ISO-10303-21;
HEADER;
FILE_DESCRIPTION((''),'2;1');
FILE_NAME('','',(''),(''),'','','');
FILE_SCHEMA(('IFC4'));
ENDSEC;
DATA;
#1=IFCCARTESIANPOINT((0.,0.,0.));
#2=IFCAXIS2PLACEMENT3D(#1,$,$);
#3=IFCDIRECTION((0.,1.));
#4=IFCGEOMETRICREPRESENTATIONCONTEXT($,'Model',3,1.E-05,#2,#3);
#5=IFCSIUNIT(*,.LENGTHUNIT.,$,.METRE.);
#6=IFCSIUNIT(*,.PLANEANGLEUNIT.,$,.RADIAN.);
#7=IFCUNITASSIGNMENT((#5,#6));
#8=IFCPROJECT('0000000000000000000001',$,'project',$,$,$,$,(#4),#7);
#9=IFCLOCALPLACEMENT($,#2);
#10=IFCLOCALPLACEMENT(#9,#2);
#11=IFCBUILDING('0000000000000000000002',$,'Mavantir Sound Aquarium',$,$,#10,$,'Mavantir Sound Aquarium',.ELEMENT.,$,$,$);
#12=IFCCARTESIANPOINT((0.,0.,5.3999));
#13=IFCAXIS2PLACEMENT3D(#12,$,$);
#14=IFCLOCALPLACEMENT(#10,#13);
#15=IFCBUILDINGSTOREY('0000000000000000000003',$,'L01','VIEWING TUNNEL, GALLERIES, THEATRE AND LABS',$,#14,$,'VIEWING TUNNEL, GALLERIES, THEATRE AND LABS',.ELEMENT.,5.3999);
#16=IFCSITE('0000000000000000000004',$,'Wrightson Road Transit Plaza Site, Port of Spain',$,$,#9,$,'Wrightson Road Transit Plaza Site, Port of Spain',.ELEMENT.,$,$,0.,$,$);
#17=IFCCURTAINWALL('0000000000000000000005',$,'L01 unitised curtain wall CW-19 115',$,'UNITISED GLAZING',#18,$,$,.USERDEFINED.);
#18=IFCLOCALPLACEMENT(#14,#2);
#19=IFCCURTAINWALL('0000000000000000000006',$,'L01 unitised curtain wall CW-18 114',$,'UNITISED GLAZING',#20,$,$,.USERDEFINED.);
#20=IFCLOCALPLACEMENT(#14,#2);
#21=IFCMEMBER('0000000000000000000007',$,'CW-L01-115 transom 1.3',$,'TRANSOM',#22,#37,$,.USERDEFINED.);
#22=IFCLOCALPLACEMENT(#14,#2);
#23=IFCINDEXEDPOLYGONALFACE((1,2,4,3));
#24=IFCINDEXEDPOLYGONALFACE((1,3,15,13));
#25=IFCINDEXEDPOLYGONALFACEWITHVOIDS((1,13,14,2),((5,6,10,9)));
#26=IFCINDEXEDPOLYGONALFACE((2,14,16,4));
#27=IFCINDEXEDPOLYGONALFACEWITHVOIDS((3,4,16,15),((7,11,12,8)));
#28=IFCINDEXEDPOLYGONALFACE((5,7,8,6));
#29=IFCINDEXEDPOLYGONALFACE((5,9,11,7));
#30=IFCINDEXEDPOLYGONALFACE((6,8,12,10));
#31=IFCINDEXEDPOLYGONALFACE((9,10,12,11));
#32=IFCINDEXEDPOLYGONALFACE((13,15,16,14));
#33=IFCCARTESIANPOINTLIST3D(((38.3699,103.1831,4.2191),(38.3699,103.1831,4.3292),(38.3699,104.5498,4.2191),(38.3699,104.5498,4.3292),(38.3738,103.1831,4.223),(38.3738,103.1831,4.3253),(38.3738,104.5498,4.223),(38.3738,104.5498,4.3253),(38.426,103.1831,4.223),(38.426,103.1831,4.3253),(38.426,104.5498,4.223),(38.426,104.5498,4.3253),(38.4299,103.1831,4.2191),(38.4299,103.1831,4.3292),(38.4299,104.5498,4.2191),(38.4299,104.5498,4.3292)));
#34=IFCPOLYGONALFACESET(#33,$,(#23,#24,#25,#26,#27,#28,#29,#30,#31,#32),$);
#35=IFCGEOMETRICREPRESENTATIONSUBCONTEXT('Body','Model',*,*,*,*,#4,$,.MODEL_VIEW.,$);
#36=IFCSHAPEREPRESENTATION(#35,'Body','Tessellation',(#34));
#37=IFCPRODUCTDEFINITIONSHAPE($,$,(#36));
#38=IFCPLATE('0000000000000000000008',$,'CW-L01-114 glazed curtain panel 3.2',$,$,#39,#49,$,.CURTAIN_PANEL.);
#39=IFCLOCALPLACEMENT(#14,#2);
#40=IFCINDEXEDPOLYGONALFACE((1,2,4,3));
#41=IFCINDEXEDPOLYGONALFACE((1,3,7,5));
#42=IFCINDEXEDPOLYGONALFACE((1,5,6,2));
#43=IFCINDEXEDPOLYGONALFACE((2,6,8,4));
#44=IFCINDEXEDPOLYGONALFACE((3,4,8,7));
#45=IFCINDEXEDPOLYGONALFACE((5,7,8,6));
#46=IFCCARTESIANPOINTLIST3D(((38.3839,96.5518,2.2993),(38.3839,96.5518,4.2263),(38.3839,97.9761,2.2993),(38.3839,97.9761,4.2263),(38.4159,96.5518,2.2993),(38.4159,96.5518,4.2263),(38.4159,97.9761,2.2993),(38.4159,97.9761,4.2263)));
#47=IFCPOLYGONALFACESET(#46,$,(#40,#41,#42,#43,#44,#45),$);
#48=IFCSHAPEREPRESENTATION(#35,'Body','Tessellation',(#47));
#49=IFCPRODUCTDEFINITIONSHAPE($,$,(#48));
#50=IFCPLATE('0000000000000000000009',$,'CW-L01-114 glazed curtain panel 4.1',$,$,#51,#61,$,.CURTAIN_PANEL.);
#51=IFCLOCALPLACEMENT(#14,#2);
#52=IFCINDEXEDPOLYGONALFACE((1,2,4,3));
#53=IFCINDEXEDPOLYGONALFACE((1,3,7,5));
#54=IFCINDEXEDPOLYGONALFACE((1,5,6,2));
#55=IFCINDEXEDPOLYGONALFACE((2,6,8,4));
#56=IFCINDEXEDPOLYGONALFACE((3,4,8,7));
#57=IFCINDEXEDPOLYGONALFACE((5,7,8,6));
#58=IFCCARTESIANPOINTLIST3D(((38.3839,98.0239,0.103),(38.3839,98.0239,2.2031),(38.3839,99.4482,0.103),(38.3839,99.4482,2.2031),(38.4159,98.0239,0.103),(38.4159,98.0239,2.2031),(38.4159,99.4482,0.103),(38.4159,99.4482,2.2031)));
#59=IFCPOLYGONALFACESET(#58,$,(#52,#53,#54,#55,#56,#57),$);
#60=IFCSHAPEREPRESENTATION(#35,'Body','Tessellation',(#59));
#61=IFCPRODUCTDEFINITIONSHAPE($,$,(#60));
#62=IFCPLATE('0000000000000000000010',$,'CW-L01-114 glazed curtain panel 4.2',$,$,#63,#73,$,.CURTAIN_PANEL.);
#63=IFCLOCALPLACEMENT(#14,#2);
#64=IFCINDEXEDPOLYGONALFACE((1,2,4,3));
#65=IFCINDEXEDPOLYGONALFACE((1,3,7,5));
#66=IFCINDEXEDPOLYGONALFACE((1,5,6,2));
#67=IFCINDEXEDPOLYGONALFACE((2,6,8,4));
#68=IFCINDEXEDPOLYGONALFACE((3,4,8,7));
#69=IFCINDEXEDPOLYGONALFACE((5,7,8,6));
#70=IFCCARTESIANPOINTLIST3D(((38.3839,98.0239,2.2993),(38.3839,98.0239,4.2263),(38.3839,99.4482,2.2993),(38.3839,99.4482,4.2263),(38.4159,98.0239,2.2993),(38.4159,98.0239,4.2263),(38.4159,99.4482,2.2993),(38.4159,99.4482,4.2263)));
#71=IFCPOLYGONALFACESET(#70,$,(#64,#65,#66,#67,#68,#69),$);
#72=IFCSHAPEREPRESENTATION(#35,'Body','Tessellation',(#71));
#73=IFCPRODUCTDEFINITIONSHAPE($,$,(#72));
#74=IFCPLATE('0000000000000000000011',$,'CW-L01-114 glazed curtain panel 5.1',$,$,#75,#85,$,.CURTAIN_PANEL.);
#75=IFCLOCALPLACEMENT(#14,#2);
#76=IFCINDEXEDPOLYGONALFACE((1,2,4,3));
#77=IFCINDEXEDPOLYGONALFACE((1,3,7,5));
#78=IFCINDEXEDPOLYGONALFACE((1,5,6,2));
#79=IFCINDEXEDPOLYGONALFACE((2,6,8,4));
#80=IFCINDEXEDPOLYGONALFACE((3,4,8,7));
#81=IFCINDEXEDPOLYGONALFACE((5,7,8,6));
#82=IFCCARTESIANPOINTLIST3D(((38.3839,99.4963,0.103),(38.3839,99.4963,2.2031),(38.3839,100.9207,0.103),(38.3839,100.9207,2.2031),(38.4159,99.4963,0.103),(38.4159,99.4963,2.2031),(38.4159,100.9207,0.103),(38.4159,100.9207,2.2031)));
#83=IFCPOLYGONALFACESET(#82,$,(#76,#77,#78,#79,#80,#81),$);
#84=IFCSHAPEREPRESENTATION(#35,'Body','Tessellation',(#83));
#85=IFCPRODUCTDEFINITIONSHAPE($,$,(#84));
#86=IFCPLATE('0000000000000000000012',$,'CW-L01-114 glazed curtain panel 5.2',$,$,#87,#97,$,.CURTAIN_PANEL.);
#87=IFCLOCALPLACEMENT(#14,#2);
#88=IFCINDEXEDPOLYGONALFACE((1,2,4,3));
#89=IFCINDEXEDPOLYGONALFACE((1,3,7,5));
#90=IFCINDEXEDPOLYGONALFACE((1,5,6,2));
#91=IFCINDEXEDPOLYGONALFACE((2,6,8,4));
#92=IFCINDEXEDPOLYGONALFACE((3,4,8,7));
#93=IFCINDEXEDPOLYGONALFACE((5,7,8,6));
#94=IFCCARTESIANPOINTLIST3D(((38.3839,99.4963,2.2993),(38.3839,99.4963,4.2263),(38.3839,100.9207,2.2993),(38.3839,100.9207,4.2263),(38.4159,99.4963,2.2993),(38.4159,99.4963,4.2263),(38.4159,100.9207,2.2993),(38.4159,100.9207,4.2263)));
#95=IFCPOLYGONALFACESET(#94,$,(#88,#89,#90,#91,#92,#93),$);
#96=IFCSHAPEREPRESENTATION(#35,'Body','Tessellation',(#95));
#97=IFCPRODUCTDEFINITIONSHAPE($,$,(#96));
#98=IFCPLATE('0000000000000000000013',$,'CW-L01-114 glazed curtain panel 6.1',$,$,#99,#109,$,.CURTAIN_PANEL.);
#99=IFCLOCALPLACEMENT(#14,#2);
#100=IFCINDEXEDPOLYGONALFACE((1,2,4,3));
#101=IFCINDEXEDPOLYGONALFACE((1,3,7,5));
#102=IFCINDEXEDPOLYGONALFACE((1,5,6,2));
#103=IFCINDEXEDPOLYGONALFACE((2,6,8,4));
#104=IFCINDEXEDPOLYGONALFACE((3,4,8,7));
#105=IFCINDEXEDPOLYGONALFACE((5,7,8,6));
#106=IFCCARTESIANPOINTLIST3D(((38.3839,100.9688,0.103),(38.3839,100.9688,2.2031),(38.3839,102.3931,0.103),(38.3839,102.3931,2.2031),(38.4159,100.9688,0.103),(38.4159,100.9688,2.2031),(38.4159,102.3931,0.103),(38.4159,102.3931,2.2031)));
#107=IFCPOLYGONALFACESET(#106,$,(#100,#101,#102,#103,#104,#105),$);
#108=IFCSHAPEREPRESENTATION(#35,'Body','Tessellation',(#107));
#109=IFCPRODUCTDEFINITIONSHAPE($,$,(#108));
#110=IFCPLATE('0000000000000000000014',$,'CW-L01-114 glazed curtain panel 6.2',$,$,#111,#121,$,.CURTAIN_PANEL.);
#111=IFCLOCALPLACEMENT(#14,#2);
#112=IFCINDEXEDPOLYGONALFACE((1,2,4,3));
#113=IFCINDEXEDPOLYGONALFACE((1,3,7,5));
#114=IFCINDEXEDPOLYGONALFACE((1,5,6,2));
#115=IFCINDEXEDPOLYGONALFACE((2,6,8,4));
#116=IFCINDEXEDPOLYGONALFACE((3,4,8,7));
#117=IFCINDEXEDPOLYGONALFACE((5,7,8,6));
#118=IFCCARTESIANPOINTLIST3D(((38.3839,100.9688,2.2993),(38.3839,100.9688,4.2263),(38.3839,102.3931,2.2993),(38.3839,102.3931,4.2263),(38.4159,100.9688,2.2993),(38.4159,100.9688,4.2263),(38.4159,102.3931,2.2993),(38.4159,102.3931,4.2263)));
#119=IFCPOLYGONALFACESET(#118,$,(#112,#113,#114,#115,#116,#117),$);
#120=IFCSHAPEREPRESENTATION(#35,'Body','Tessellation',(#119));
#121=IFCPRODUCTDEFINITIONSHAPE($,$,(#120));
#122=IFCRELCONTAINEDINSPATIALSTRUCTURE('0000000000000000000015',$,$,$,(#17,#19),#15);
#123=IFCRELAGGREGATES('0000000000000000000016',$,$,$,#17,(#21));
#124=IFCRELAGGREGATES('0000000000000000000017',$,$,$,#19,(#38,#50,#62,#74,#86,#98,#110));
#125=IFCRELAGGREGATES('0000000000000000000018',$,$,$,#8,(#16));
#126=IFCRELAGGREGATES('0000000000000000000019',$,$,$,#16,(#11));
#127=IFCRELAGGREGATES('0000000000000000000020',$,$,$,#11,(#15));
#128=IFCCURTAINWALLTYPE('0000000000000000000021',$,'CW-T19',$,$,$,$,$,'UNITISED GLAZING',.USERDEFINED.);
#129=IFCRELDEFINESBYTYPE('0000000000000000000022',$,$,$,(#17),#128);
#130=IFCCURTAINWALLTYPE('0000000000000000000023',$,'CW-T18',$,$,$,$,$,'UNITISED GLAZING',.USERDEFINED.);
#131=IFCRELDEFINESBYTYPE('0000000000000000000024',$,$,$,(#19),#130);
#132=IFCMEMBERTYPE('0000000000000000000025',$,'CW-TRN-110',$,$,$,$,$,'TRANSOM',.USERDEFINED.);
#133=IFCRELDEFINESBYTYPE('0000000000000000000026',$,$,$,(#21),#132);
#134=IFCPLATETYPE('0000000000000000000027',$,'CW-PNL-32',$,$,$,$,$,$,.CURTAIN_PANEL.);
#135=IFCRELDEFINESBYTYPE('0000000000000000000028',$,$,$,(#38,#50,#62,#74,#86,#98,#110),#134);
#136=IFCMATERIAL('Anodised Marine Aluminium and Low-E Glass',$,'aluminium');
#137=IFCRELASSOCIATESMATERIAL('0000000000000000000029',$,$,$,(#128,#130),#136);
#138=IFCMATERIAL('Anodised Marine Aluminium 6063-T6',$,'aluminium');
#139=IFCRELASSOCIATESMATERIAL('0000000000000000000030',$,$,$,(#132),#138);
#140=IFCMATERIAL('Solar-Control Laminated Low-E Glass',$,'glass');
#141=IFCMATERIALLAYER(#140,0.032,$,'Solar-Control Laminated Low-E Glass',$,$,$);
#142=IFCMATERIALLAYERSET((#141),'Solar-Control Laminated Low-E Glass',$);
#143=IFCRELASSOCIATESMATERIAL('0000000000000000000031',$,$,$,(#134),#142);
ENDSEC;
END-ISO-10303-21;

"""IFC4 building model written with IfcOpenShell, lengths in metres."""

from ifc_helpers import new_model, si_unit, direction, frame, origin, origin_2d, place, context, subcontext, project, spatial, rectangle, hollow_rectangle, extrude, material, layer, layer_set, material_profile, profile_set, type_object, element, aggregate, save


model = new_model("IFC4")

# Units and contexts
model_context = context("Model", 3, precision=1e-05, world=origin(), true_north=direction((0.0, 1.0)))
body_context = subcontext(model_context, "Body", "Model", "MODEL_VIEW")
ifc_project = project(units=[si_unit("LENGTHUNIT", "METRE"), si_unit("PLANEANGLEUNIT", "RADIAN")], contexts=[model_context])

# Site, building, storey
site_placement = place(None, origin())
site = spatial("IfcSite", under=ifc_project, at=site_placement, Name="Wrightson Road Transit Plaza Site, Port of Spain", LongName="Wrightson Road Transit Plaza Site, Port of Spain", CompositionType="ELEMENT", RefElevation=0.0)
building_placement = place(site_placement, origin())
building = spatial("IfcBuilding", under=site, at=building_placement, Name="Mavantir Sound Aquarium", LongName="Mavantir Sound Aquarium", CompositionType="ELEMENT")
storey_placement = place(building_placement, frame((0.0, 0.0, 5.3999)))
storey = spatial("IfcBuildingStorey", under=building, at=storey_placement, Name="L01", Description="VIEWING TUNNEL, GALLERIES, THEATRE AND LABS", LongName="VIEWING TUNNEL, GALLERIES, THEATRE AND LABS", CompositionType="ELEMENT", Elevation=5.3999)

# Curtain wall
ifc_material_1 = material(Name="Anodised Marine Aluminium and Low-E Glass", Category="aluminium")
curtain_wall_type_1 = type_object("IfcCurtainWallType", Name="CW-T19", ElementType="UNITISED GLAZING", PredefinedType="USERDEFINED", material=ifc_material_1)
curtain_wall_1_placement = place(storey_placement, origin())
curtain_wall_1 = element("IfcCurtainWall", 1, at=curtain_wall_1_placement, inside=storey, type_object=curtain_wall_type_1, Name="L01 unitised curtain wall CW-19 115", ObjectType="UNITISED GLAZING", PredefinedType="USERDEFINED")
ifc_material_2 = material(Name="Anodised Marine Aluminium 6063-T6", Category="aluminium")

# Curtain wall
curtain_wall_type_2 = type_object("IfcCurtainWallType", Name="CW-T18", ElementType="UNITISED GLAZING", PredefinedType="USERDEFINED", material=ifc_material_1)
curtain_wall_2_placement = place(storey_placement, origin())
curtain_wall_2 = element("IfcCurtainWall", 2, at=curtain_wall_2_placement, inside=storey, type_object=curtain_wall_type_2, Name="L01 unitised curtain wall CW-18 114", ObjectType="UNITISED GLAZING", PredefinedType="USERDEFINED")
ifc_material_profile_1 = material_profile(ifc_material_2, hollow_rectangle(XDim=0.0601, YDim=0.1101, WallThickness=0.0039, at=origin_2d()), Name="ALU-TRANSOM-110X60")
ifc_profile_set_1 = profile_set([ifc_material_profile_1], Name="Anodised Marine Aluminium 6063-T6")
member_type_1 = type_object("IfcMemberType", Name="CW-TRN-110", ElementType="TRANSOM", PredefinedType="USERDEFINED", material=ifc_profile_set_1)

# Member
member_1_placement = place(storey_placement, frame((38.3999, 103.1831, 4.2742), z_axis=(0.0, 1.0, 0.0), x_axis=(-1.0, 0.0, 0.0)))
member_1 = element("IfcMember", 3, at=member_1_placement, type_object=member_type_1, Name="CW-L01-115 transom 1.3", ObjectType="TRANSOM", PredefinedType="USERDEFINED", context=body_context, shape_type="SweptSolid", body=[
    extrude(hollow_rectangle(XDim=0.0601, YDim=0.1101, WallThickness=0.0039, at=origin_2d()), origin(), (0.0, 0.0, 1.0), 1.3667),
])
aggregate(curtain_wall_1, [member_1])

# Plates
ifc_material_3 = material(Name="Solar-Control Laminated Low-E Glass", Category="glass")
ifc_layer = layer(ifc_material_3, 0.032, Name="Solar-Control Laminated Low-E Glass")
ifc_layer_set = layer_set([ifc_layer], Name="Solar-Control Laminated Low-E Glass")
plate_type = type_object("IfcPlateType", Name="CW-PNL-32", PredefinedType="CURTAIN_PANEL", material=ifc_layer_set)
plate_1_placement = place(storey_placement, frame((38.3999, 97.2639, 2.2993), z_axis=(0.0, 0.0, 1.0), x_axis=(0.0, 1.0, 0.0)))
plate_1 = element("IfcPlate", 4, at=plate_1_placement, type_object=plate_type, Name="CW-L01-114 glazed curtain panel 3.2", PredefinedType="CURTAIN_PANEL", context=body_context, shape_type="SweptSolid", body=[
    extrude(rectangle(XDim=1.4243, YDim=0.032, at=origin_2d()), origin(), (0.0, 0.0, 1.0), 1.927),
])
plate_2_placement = place(storey_placement, frame((38.3999, 98.7361, 0.103), z_axis=(0.0, 0.0, 1.0), x_axis=(0.0, 1.0, 0.0)))
plate_2 = element("IfcPlate", 5, at=plate_2_placement, type_object=plate_type, Name="CW-L01-114 glazed curtain panel 4.1", PredefinedType="CURTAIN_PANEL", context=body_context, shape_type="SweptSolid", body=[
    extrude(rectangle(XDim=1.4243, YDim=0.032, at=origin_2d()), origin(), (0.0, 0.0, 1.0), 2.1001),
])
plate_3_placement = place(storey_placement, frame((38.3999, 98.7361, 2.2993), z_axis=(0.0, 0.0, 1.0), x_axis=(0.0, 1.0, 0.0)))
plate_3 = element("IfcPlate", 6, at=plate_3_placement, type_object=plate_type, Name="CW-L01-114 glazed curtain panel 4.2", PredefinedType="CURTAIN_PANEL", context=body_context, shape_type="SweptSolid", body=[
    extrude(rectangle(XDim=1.4243, YDim=0.032, at=origin_2d()), origin(), (0.0, 0.0, 1.0), 1.927),
])
plate_4_placement = place(storey_placement, frame((38.3999, 100.2085, 0.103), z_axis=(0.0, 0.0, 1.0), x_axis=(0.0, 1.0, 0.0)))
plate_4 = element("IfcPlate", 7, at=plate_4_placement, type_object=plate_type, Name="CW-L01-114 glazed curtain panel 5.1", PredefinedType="CURTAIN_PANEL", context=body_context, shape_type="SweptSolid", body=[
    extrude(rectangle(XDim=1.4243, YDim=0.032, at=origin_2d()), origin(), (0.0, 0.0, 1.0), 2.1001),
])
plate_5_placement = place(storey_placement, frame((38.3999, 100.2085, 2.2993), z_axis=(0.0, 0.0, 1.0), x_axis=(0.0, 1.0, 0.0)))
plate_5 = element("IfcPlate", 8, at=plate_5_placement, type_object=plate_type, Name="CW-L01-114 glazed curtain panel 5.2", PredefinedType="CURTAIN_PANEL", context=body_context, shape_type="SweptSolid", body=[
    extrude(rectangle(XDim=1.4243, YDim=0.032, at=origin_2d()), origin(), (0.0, 0.0, 1.0), 1.927),
])
plate_6_placement = place(storey_placement, frame((38.3999, 101.6809, 0.103), z_axis=(0.0, 0.0, 1.0), x_axis=(0.0, 1.0, 0.0)))
plate_6 = element("IfcPlate", 9, at=plate_6_placement, type_object=plate_type, Name="CW-L01-114 glazed curtain panel 6.1", PredefinedType="CURTAIN_PANEL", context=body_context, shape_type="SweptSolid", body=[
    extrude(rectangle(XDim=1.4243, YDim=0.032, at=origin_2d()), origin(), (0.0, 0.0, 1.0), 2.1001),
])
plate_7_placement = place(storey_placement, frame((38.3999, 101.6809, 2.2993), z_axis=(0.0, 0.0, 1.0), x_axis=(0.0, 1.0, 0.0)))
plate_7 = element("IfcPlate", 10, at=plate_7_placement, type_object=plate_type, Name="CW-L01-114 glazed curtain panel 6.2", PredefinedType="CURTAIN_PANEL", context=body_context, shape_type="SweptSolid", body=[
    extrude(rectangle(XDim=1.4243, YDim=0.032, at=origin_2d()), origin(), (0.0, 0.0, 1.0), 1.927),
])
aggregate(curtain_wall_2, [plate_1, plate_2, plate_3, plate_4, plate_5, plate_6, plate_7])

save(model, "model.ifc")
